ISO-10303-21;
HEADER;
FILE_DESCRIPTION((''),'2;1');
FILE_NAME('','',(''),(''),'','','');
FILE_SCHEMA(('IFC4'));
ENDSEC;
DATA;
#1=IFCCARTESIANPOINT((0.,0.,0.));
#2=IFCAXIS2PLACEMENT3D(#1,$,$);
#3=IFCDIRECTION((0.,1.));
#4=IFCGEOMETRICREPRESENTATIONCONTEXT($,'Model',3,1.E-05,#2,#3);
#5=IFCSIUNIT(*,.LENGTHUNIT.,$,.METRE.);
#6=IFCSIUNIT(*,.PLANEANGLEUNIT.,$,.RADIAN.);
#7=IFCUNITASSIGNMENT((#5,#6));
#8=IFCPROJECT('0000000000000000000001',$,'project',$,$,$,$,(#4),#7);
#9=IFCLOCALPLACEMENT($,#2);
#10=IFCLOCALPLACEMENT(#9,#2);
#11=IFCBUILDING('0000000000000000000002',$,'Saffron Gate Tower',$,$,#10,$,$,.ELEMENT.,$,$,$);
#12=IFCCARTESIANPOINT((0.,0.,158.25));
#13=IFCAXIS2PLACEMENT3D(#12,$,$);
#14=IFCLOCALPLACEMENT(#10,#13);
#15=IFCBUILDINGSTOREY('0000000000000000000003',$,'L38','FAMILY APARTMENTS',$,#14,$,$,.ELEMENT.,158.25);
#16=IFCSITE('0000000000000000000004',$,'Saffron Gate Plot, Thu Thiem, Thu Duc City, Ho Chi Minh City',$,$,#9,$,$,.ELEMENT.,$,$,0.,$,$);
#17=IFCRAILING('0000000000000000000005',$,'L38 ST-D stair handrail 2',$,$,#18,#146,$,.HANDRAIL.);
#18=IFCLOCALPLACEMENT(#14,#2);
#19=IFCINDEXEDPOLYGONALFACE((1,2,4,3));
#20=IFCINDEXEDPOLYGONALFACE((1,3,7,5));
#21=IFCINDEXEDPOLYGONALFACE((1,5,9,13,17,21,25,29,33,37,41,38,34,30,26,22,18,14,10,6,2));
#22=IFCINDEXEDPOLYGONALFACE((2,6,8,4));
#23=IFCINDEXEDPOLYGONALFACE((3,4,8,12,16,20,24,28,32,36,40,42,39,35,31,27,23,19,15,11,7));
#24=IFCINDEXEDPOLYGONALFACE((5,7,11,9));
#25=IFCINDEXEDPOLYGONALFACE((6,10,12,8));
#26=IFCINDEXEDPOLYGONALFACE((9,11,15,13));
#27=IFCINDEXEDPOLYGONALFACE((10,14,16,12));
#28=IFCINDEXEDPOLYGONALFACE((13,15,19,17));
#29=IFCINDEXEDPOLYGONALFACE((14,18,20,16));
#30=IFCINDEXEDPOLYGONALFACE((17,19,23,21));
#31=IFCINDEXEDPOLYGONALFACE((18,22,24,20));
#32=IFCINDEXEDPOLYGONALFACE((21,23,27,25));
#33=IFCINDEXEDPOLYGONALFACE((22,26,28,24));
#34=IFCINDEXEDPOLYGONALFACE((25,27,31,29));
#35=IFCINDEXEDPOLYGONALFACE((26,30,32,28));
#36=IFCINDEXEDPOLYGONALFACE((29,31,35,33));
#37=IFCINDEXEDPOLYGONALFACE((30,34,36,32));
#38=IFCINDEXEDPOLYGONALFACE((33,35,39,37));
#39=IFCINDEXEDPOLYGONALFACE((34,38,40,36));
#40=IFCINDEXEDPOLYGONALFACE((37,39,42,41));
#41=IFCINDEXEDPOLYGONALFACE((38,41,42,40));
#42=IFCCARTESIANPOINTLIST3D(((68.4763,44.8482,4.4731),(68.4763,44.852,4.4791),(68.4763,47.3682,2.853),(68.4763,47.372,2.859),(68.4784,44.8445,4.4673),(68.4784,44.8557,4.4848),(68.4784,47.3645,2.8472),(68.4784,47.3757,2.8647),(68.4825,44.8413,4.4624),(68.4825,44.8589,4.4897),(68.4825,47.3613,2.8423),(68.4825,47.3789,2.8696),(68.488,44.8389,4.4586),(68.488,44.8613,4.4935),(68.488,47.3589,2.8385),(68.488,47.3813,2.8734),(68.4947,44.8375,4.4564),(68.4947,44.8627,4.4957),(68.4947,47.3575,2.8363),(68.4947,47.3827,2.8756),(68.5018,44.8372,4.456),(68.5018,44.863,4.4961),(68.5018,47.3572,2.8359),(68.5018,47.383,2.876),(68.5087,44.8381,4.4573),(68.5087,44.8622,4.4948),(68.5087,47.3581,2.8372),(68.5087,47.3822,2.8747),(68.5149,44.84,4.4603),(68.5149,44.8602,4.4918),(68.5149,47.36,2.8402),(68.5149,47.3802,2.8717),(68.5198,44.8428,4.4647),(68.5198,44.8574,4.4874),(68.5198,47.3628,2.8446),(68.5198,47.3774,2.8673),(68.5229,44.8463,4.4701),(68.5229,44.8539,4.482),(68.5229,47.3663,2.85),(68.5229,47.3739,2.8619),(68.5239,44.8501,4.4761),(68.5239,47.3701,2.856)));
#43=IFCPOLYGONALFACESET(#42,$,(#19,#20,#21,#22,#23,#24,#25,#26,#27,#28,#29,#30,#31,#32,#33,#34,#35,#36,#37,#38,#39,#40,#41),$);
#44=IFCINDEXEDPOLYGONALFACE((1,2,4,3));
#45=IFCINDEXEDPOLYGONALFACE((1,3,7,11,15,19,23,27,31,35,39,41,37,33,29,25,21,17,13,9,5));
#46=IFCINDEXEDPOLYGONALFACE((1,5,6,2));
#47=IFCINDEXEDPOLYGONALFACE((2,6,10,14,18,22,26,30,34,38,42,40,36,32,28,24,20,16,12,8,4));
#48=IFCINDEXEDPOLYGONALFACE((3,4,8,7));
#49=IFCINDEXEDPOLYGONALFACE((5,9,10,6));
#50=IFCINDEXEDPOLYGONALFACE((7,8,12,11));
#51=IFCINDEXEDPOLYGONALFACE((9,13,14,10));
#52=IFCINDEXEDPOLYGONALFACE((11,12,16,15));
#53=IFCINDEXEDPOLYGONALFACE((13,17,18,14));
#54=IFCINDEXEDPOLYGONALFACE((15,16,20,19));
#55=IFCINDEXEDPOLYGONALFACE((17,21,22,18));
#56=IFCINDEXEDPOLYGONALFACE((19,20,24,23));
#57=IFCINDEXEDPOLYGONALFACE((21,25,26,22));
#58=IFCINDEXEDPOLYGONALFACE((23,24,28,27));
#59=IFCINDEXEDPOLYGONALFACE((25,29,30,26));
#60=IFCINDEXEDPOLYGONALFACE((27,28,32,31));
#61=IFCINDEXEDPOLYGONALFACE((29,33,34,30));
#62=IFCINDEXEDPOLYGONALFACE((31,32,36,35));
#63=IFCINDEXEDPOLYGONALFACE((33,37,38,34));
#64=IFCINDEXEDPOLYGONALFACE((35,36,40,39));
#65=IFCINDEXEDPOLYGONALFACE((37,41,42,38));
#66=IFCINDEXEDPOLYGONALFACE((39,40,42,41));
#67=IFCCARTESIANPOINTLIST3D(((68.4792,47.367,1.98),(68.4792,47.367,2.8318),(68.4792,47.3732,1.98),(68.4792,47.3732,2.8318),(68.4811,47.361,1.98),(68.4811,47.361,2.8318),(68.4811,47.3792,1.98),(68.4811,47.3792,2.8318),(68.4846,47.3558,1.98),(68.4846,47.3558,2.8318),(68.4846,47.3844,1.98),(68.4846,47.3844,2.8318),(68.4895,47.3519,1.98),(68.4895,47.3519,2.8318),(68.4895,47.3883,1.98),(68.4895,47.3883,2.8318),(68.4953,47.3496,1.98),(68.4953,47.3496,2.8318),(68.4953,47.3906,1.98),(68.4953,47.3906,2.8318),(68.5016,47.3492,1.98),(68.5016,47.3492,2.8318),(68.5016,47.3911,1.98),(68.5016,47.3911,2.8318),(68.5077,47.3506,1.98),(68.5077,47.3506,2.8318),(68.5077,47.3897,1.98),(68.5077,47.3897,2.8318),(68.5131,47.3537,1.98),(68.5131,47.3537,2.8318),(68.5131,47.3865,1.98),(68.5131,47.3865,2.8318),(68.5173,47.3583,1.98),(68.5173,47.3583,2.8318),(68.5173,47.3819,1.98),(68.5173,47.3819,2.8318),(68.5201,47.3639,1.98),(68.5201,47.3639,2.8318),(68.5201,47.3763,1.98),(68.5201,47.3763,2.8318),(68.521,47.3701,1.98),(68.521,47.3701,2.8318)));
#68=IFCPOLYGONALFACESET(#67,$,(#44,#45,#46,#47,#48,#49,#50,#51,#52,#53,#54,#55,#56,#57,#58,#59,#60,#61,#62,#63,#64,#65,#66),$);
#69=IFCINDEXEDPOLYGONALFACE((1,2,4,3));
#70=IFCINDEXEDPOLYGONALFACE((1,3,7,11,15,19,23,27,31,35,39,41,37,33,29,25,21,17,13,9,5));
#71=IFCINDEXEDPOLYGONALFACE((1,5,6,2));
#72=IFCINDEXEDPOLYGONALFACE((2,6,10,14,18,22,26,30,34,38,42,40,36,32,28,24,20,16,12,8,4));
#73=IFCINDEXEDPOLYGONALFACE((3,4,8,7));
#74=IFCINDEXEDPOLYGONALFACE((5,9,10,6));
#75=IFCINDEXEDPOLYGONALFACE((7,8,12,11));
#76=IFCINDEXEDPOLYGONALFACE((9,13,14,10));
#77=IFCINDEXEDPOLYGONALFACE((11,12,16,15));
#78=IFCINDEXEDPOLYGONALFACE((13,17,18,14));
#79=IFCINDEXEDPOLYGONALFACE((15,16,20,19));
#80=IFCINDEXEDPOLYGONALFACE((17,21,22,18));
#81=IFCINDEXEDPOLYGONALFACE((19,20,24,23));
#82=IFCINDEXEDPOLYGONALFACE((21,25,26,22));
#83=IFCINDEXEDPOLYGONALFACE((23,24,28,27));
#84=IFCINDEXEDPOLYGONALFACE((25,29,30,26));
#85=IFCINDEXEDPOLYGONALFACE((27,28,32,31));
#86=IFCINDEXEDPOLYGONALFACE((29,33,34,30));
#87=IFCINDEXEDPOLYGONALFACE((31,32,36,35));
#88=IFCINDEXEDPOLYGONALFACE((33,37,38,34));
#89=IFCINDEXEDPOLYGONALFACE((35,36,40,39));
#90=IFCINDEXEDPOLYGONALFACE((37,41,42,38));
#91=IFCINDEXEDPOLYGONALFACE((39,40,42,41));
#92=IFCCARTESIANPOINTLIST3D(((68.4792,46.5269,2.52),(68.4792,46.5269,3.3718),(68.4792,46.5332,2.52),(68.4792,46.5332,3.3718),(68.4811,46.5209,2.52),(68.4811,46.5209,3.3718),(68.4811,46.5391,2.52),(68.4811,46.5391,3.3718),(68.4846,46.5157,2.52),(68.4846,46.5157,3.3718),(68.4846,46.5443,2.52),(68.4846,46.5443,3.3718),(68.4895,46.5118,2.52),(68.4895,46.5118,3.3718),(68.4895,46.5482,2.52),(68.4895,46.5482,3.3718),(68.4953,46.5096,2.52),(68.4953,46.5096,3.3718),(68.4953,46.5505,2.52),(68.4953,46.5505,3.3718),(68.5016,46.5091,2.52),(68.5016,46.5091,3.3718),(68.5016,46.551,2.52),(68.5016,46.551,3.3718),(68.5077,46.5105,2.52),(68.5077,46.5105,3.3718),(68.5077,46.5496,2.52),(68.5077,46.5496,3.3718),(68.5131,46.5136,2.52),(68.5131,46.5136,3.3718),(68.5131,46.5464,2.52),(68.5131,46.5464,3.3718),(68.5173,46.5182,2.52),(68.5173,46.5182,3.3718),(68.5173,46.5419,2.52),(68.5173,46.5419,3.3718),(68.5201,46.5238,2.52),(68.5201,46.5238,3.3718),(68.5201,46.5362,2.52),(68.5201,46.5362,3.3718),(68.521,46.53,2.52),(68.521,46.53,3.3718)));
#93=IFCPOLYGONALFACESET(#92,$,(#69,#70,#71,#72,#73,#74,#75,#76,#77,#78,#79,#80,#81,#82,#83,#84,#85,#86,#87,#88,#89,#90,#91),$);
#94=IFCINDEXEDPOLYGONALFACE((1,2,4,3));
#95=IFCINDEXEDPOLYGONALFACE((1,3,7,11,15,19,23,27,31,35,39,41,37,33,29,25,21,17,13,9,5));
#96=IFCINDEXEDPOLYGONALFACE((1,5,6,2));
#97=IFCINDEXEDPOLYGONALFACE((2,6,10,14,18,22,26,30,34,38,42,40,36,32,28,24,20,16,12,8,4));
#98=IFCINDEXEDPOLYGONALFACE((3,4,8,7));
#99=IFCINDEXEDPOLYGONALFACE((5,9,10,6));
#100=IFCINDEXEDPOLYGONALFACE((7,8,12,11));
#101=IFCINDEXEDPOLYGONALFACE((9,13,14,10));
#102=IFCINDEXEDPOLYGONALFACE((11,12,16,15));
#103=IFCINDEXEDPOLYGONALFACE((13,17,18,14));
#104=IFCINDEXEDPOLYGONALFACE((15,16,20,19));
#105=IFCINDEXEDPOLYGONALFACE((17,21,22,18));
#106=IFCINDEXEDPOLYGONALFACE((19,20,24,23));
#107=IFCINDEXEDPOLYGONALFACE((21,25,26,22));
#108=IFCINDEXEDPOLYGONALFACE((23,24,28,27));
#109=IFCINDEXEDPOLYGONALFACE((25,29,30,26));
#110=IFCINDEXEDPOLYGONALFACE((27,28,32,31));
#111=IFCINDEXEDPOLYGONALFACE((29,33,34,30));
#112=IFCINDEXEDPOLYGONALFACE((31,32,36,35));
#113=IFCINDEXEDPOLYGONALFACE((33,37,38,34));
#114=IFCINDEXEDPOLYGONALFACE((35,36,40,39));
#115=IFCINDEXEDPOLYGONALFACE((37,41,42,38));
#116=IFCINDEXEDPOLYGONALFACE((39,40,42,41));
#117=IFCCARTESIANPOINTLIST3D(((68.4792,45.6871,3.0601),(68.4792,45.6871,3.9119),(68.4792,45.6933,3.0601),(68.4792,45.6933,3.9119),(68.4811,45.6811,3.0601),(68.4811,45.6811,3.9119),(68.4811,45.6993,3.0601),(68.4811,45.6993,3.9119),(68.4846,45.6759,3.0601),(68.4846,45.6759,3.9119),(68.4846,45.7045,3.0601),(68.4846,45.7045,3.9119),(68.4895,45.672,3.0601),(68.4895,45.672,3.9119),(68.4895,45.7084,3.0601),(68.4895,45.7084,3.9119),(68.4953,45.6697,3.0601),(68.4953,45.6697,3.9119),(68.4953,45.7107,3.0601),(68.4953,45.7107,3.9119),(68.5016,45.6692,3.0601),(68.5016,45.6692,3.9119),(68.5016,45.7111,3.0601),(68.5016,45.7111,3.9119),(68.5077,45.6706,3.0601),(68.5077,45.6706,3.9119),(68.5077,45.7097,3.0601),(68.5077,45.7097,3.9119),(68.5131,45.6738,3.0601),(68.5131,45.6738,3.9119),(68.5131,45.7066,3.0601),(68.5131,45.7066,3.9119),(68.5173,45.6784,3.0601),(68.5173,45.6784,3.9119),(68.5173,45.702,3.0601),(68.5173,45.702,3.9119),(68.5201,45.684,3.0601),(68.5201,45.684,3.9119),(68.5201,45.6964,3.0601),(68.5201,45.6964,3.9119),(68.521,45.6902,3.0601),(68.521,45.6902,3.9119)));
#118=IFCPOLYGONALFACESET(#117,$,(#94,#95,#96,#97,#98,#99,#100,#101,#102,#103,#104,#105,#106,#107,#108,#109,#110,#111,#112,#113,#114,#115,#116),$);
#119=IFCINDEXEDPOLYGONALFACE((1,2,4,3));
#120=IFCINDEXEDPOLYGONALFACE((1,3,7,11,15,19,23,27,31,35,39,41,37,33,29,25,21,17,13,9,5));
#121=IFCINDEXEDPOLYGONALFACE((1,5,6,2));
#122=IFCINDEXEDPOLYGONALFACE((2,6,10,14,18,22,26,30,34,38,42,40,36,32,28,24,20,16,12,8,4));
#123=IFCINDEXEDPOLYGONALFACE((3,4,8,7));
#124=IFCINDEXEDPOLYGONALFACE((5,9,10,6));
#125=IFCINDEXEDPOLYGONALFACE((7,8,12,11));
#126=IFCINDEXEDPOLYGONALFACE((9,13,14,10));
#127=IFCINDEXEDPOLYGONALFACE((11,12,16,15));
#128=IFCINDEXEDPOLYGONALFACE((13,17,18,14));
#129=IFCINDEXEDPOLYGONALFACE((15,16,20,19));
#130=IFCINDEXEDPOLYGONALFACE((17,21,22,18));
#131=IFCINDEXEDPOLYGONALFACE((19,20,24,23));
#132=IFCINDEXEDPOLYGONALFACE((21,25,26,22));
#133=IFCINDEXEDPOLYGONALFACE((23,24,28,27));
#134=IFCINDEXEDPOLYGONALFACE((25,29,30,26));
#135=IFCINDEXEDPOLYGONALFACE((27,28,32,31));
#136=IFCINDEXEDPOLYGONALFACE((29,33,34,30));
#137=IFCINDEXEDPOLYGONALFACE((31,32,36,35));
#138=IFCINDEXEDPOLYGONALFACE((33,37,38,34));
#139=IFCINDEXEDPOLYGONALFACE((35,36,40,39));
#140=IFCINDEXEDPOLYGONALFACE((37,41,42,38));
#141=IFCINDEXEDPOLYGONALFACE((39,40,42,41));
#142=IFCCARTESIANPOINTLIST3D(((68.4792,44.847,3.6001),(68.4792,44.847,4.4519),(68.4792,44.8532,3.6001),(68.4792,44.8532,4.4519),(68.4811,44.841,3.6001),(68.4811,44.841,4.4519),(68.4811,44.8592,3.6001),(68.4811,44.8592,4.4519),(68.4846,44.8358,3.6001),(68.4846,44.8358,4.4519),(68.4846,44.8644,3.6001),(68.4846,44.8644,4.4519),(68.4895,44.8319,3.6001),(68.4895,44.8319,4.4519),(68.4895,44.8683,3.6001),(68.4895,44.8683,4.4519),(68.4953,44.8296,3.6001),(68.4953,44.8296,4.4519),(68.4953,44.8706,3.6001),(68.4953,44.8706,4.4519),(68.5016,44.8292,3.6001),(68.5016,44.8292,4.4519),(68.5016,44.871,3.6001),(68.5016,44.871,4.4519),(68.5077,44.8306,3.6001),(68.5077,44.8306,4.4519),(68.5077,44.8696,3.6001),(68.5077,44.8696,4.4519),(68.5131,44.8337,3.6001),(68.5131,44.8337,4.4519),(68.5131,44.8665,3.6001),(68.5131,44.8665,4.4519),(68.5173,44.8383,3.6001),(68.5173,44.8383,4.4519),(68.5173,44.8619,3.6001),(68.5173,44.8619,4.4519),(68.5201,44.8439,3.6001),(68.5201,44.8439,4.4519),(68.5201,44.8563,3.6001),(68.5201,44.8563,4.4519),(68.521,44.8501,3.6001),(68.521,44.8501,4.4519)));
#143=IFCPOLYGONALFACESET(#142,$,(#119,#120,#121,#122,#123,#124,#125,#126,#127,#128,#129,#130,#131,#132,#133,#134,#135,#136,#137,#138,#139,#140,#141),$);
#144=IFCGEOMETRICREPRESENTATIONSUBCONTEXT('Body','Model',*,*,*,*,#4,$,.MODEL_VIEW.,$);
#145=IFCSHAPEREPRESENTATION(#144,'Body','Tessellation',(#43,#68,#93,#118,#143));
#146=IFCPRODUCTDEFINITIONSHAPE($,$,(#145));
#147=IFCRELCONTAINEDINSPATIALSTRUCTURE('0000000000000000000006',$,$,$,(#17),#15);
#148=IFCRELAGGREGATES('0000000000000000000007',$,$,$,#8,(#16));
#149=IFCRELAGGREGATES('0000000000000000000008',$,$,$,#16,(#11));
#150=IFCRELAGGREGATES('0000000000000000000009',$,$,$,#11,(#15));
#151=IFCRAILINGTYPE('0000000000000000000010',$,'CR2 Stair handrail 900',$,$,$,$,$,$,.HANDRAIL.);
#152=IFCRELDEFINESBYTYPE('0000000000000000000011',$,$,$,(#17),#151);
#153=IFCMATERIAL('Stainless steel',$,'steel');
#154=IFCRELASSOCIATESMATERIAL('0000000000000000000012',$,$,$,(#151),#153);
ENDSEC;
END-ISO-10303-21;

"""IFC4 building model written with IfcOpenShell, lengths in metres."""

from ifc_helpers import new_model, si_unit, direction, frame, origin, origin_2d, place, context, subcontext, project, spatial, circle, extrude, material, type_object, element, save


model = new_model("IFC4")

# Units and contexts
model_context = context("Model", 3, precision=1e-05, world=origin(), true_north=direction((0.0, 1.0)))
body_context = subcontext(model_context, "Body", "Model", "MODEL_VIEW")
ifc_project = project(units=[si_unit("LENGTHUNIT", "METRE"), si_unit("PLANEANGLEUNIT", "RADIAN")], contexts=[model_context])

# Site, building, storey
site_placement = place(None, origin())
site = spatial("IfcSite", under=ifc_project, at=site_placement, Name="Saffron Gate Plot, Thu Thiem, Thu Duc City, Ho Chi Minh City", CompositionType="ELEMENT", RefElevation=0.0)
building_placement = place(site_placement, origin())
building = spatial("IfcBuilding", under=site, at=building_placement, Name="Saffron Gate Tower", CompositionType="ELEMENT")
storey_placement = place(building_placement, frame((0.0, 0.0, 158.25)))
storey = spatial("IfcBuildingStorey", under=building, at=storey_placement, Name="L38", Description="FAMILY APARTMENTS", CompositionType="ELEMENT", Elevation=158.25)

# Railing
ifc_material_1 = material(Name="Stainless steel", Category="steel")
railing_type_1 = type_object("IfcRailingType", Name="CR2 Stair handrail 900", PredefinedType="HANDRAIL", material=ifc_material_1)
railing_1_placement = place(storey_placement, frame((68.5, 47.3701, 1.98)))
element("IfcRailing", 1, at=railing_1_placement, inside=storey, type_object=railing_type_1, Name="L38 ST-D stair handrail 2", PredefinedType="HANDRAIL", context=body_context, shape_type="SweptSolid", body=[
    extrude(circle(Radius=0.0239, at=origin_2d()), frame((0.0, 0.0, 0.876), z_axis=(0.0, -0.841163, 0.540782), x_axis=(1.0, 0.0, 0.0)), (0.0, 0.0, 1.0), 2.9958),
    extrude(circle(Radius=0.021, at=origin_2d()), origin(), (0.0, 0.0, 1.0), 0.8518),
    extrude(circle(Radius=0.021, at=origin_2d()), frame((0.0, -0.8401, 0.54)), (0.0, 0.0, 1.0), 0.8518),
    extrude(circle(Radius=0.021, at=origin_2d()), frame((0.0, -1.6799, 1.0801)), (0.0, 0.0, 1.0), 0.8518),
    extrude(circle(Radius=0.021, at=origin_2d()), frame((0.0, -2.52, 1.6201)), (0.0, 0.0, 1.0), 0.8518),
])

save(model, "model.ifc")
